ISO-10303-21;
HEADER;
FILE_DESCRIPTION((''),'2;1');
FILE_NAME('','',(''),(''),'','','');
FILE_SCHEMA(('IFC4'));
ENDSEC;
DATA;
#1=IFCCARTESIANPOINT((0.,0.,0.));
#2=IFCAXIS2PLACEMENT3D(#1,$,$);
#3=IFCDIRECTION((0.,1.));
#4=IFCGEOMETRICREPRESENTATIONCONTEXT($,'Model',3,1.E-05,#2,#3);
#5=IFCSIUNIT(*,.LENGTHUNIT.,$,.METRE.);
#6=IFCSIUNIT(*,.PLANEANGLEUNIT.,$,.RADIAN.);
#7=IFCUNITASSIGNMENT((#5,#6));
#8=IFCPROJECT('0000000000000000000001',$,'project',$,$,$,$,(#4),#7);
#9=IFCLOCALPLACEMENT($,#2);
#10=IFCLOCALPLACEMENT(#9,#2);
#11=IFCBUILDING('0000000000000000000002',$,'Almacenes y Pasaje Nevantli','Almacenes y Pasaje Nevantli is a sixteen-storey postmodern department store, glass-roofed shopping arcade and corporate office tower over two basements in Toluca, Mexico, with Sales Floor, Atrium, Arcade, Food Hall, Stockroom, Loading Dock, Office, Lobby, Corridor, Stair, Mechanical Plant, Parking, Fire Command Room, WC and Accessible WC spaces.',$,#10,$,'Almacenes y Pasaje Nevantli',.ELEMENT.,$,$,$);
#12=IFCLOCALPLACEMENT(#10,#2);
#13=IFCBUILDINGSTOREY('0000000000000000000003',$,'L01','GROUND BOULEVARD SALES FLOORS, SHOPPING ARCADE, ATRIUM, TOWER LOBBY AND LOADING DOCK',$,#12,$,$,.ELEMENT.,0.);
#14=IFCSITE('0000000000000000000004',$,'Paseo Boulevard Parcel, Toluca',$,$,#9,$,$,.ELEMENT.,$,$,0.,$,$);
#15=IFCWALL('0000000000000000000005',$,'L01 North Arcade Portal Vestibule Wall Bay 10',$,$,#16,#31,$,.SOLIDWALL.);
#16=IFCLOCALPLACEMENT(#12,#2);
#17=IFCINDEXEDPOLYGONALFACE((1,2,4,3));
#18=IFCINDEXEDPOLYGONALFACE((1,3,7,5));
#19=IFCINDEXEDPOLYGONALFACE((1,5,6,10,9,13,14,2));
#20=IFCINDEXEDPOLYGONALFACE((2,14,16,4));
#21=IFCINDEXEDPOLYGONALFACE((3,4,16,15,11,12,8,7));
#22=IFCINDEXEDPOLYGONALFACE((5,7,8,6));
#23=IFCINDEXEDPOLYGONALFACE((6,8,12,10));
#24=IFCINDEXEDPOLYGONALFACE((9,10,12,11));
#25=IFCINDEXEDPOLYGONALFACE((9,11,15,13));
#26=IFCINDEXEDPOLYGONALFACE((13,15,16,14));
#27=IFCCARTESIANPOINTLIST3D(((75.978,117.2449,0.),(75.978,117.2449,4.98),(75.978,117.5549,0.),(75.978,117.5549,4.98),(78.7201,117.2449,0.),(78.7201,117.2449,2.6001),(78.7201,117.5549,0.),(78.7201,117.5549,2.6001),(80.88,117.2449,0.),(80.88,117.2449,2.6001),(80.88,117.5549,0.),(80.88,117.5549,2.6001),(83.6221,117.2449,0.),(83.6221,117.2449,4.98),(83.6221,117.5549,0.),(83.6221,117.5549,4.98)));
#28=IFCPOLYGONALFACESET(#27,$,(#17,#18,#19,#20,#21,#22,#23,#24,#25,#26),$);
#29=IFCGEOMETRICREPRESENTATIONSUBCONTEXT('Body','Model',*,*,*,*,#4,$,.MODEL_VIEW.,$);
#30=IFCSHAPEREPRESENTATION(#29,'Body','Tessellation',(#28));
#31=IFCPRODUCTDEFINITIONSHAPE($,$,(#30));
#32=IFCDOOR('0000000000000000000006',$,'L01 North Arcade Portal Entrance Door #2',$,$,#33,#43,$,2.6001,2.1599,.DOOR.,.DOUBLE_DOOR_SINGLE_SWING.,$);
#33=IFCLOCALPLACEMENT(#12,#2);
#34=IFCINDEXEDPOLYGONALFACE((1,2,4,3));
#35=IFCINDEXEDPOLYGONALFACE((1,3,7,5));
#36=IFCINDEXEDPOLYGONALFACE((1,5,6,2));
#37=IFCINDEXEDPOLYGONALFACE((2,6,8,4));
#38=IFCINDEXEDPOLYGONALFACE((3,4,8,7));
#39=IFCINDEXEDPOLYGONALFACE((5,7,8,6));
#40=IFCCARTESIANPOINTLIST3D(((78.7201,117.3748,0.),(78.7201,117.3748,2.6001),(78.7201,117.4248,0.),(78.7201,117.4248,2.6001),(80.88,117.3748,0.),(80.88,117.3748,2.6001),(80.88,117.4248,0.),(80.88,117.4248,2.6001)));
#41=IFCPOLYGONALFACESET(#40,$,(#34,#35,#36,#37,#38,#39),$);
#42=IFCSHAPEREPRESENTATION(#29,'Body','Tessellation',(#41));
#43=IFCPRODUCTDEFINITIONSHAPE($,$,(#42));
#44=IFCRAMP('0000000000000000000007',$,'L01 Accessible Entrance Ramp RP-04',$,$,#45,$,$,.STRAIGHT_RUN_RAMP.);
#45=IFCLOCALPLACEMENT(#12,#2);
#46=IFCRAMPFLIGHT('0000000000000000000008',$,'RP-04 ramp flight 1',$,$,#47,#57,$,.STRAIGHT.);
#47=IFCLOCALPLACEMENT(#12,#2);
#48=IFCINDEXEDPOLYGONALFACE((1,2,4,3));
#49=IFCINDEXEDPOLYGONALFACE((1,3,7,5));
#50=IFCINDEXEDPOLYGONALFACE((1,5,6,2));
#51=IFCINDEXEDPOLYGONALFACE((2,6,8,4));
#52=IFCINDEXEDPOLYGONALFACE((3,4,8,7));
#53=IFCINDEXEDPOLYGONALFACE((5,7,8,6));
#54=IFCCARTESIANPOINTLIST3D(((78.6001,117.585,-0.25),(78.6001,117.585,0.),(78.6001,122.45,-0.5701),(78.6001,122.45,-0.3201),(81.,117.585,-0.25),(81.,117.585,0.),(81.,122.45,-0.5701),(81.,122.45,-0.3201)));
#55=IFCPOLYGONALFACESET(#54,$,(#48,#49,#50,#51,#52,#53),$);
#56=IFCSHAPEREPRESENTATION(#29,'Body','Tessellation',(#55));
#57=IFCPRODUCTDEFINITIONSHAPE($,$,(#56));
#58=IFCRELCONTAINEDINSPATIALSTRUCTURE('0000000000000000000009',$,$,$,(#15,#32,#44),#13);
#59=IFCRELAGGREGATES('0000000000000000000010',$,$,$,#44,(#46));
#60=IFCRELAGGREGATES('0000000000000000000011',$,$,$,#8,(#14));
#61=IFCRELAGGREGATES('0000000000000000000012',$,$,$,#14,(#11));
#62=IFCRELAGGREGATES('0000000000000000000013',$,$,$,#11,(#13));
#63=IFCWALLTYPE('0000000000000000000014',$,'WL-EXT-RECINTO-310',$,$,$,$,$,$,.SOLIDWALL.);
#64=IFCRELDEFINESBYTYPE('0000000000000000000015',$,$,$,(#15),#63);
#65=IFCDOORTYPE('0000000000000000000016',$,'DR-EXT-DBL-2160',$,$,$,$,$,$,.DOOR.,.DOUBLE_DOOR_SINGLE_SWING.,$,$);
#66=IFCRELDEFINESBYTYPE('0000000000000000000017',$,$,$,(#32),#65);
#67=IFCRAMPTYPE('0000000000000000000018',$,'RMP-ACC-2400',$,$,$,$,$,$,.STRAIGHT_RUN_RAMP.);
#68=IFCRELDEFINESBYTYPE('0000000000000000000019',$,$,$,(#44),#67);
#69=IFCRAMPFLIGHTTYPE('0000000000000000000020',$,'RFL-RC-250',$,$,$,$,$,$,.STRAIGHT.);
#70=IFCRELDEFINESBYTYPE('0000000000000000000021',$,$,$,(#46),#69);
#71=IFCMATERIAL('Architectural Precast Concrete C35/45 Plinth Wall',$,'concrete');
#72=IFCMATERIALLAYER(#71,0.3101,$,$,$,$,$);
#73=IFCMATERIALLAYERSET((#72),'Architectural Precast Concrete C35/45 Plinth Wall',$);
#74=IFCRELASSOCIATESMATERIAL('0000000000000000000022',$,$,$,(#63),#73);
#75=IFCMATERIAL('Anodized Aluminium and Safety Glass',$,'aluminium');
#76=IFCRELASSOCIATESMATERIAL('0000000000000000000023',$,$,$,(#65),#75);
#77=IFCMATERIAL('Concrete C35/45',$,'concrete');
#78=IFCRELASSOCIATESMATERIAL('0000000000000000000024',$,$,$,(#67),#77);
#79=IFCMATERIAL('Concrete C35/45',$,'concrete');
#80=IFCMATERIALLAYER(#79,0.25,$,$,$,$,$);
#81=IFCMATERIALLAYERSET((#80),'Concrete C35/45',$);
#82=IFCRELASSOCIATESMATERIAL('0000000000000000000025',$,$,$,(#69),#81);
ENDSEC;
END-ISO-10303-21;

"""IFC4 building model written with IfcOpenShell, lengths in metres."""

from ifc_helpers import new_model, si_unit, direction, frame, frame_2d, origin, place, context, subcontext, project, spatial, polyline, rectangle, outline, extrude, material, layer, layer_set, type_object, element, fill, aggregate, save


model = new_model("IFC4")

# Units and contexts
model_context = context("Model", 3, precision=1e-05, world=origin(), true_north=direction((0.0, 1.0)))
body_context = subcontext(model_context, "Body", "Model", "MODEL_VIEW")
ifc_project = project(units=[si_unit("LENGTHUNIT", "METRE"), si_unit("PLANEANGLEUNIT", "RADIAN")], contexts=[model_context])

# Site, building, storey
site_placement = place(None, origin())
site = spatial("IfcSite", under=ifc_project, at=site_placement, Name="Paseo Boulevard Parcel, Toluca", CompositionType="ELEMENT", RefElevation=0.0)
building_placement = place(site_placement, origin())
building = spatial("IfcBuilding", under=site, at=building_placement, Name="Almacenes y Pasaje Nevantli", Description="Almacenes y Pasaje Nevantli is a sixteen-storey postmodern department store, glass-roofed shopping arcade and corporate office tower over two basements in Toluca, Mexico, with Sales Floor, Atrium, Arcade, Food Hall, Stockroom, Loading Dock, Office, Lobby, Corridor, Stair, Mechanical Plant, Parking, Fire Command Room, WC and Accessible WC spaces.", LongName="Almacenes y Pasaje Nevantli", CompositionType="ELEMENT")
storey_placement = place(building_placement, origin())
storey = spatial("IfcBuildingStorey", under=building, at=storey_placement, Name="L01", Description="GROUND BOULEVARD SALES FLOORS, SHOPPING ARCADE, ATRIUM, TOWER LOBBY AND LOADING DOCK", CompositionType="ELEMENT", Elevation=0.0)

# Shared definitions
ifc_material_1 = material(Name="Architectural Precast Concrete C35/45 Plinth Wall", Category="concrete")
ifc_layer_1 = layer(ifc_material_1, 0.3101)
ifc_layer_set_1 = layer_set([ifc_layer_1], Name="Architectural Precast Concrete C35/45 Plinth Wall")
wall_type = type_object("IfcWallType", Name="WL-EXT-RECINTO-310", PredefinedType="SOLIDWALL", material=ifc_layer_set_1)

# Wall, opening, door
wall_1_placement = place(storey_placement, frame((75.978, 117.3999, 0.0), z_axis=(0.0, 0.0, 1.0), x_axis=(1.0, 0.0, 0.0)))
wall_1 = element("IfcWall", 1, at=wall_1_placement, inside=storey, type_object=wall_type, Name="L01 North Arcade Portal Vestibule Wall Bay 10", PredefinedType="SOLIDWALL", context=body_context, shape_type="SweptSolid", body=[
    extrude(rectangle(XDim=7.644, YDim=0.3101, at=frame_2d((3.822, 0.0))), origin(), (0.0, 0.0, 1.0), 4.98),
])
opening_1_placement = place(wall_1_placement, frame((2.7419, 0.0, 0.0)))
opening_1 = element("IfcOpeningElement", 2, at=opening_1_placement, cuts=wall_1, PredefinedType="OPENING", context=body_context, shape_type="SweptSolid", body=[
    extrude(rectangle(XDim=2.1599, YDim=2.6001, at=frame_2d((1.0801, 1.3))), frame((0.0, 0.165, 0.0), z_axis=(0.0, -1.0, 0.0), x_axis=(1.0, 0.0, 0.0)), (0.0, 0.0, 1.0), 0.3301),
])
ifc_material_2 = material(Name="Anodized Aluminium and Safety Glass", Category="aluminium")
door_type_1 = type_object("IfcDoorType", Name="DR-EXT-DBL-2160", OperationType="DOUBLE_DOOR_SINGLE_SWING", PredefinedType="DOOR", material=ifc_material_2)
door_1_placement = place(opening_1_placement, origin())
door_1 = element("IfcDoor", 3, at=door_1_placement, inside=storey, type_object=door_type_1, Name="L01 North Arcade Portal Entrance Door #2", OperationType="DOUBLE_DOOR_SINGLE_SWING", OverallHeight=2.6001, OverallWidth=2.1599, PredefinedType="DOOR", context=body_context, shape_type="SweptSolid", body=[
    extrude(rectangle(XDim=2.1599, YDim=2.6001, at=frame_2d((1.0801, 1.3))), frame((0.0, 0.0249, 0.0), z_axis=(0.0, -1.0, 0.0), x_axis=(1.0, 0.0, 0.0)), (0.0, 0.0, 1.0), 0.05),
])
fill(opening_1, door_1)

# Ramp, ramp flight
ifc_material_3 = material(Name="Concrete C35/45", Category="concrete")
ramp_type = type_object("IfcRampType", Name="RMP-ACC-2400", PredefinedType="STRAIGHT_RUN_RAMP", material=ifc_material_3)
ramp_placement = place(storey_placement, origin())
ramp = element("IfcRamp", 4, at=ramp_placement, inside=storey, type_object=ramp_type, Name="L01 Accessible Entrance Ramp RP-04", PredefinedType="STRAIGHT_RUN_RAMP")
ifc_material_4 = material(Name="Concrete C35/45", Category="concrete")
ifc_layer_2 = layer(ifc_material_4, 0.25)
ifc_layer_set_2 = layer_set([ifc_layer_2], Name="Concrete C35/45")
ramp_flight_type = type_object("IfcRampFlightType", Name="RFL-RC-250", PredefinedType="STRAIGHT", material=ifc_layer_set_2)
ramp_flight_placement = place(storey_placement, frame((79.8, 122.45, -0.3201), z_axis=(0.0, 0.0, 1.0), x_axis=(0.0, -1.0, 0.0)))
ramp_flight = element("IfcRampFlight", 5, at=ramp_flight_placement, type_object=ramp_flight_type, Name="RP-04 ramp flight 1", PredefinedType="STRAIGHT", context=body_context, shape_type="SweptSolid", body=[
    extrude(outline(polyline([(0.0, -0.25), (4.865, 0.0701), (4.865, 0.3201), (0.0, 0.0), (0.0, -0.25)])), frame((0.0, 1.2, 0.0), z_axis=(0.0, -1.0, 0.0), x_axis=(1.0, 0.0, 0.0)), (0.0, 0.0, 1.0), 2.3999),
])
aggregate(ramp, [ramp_flight])

save(model, "model.ifc")
